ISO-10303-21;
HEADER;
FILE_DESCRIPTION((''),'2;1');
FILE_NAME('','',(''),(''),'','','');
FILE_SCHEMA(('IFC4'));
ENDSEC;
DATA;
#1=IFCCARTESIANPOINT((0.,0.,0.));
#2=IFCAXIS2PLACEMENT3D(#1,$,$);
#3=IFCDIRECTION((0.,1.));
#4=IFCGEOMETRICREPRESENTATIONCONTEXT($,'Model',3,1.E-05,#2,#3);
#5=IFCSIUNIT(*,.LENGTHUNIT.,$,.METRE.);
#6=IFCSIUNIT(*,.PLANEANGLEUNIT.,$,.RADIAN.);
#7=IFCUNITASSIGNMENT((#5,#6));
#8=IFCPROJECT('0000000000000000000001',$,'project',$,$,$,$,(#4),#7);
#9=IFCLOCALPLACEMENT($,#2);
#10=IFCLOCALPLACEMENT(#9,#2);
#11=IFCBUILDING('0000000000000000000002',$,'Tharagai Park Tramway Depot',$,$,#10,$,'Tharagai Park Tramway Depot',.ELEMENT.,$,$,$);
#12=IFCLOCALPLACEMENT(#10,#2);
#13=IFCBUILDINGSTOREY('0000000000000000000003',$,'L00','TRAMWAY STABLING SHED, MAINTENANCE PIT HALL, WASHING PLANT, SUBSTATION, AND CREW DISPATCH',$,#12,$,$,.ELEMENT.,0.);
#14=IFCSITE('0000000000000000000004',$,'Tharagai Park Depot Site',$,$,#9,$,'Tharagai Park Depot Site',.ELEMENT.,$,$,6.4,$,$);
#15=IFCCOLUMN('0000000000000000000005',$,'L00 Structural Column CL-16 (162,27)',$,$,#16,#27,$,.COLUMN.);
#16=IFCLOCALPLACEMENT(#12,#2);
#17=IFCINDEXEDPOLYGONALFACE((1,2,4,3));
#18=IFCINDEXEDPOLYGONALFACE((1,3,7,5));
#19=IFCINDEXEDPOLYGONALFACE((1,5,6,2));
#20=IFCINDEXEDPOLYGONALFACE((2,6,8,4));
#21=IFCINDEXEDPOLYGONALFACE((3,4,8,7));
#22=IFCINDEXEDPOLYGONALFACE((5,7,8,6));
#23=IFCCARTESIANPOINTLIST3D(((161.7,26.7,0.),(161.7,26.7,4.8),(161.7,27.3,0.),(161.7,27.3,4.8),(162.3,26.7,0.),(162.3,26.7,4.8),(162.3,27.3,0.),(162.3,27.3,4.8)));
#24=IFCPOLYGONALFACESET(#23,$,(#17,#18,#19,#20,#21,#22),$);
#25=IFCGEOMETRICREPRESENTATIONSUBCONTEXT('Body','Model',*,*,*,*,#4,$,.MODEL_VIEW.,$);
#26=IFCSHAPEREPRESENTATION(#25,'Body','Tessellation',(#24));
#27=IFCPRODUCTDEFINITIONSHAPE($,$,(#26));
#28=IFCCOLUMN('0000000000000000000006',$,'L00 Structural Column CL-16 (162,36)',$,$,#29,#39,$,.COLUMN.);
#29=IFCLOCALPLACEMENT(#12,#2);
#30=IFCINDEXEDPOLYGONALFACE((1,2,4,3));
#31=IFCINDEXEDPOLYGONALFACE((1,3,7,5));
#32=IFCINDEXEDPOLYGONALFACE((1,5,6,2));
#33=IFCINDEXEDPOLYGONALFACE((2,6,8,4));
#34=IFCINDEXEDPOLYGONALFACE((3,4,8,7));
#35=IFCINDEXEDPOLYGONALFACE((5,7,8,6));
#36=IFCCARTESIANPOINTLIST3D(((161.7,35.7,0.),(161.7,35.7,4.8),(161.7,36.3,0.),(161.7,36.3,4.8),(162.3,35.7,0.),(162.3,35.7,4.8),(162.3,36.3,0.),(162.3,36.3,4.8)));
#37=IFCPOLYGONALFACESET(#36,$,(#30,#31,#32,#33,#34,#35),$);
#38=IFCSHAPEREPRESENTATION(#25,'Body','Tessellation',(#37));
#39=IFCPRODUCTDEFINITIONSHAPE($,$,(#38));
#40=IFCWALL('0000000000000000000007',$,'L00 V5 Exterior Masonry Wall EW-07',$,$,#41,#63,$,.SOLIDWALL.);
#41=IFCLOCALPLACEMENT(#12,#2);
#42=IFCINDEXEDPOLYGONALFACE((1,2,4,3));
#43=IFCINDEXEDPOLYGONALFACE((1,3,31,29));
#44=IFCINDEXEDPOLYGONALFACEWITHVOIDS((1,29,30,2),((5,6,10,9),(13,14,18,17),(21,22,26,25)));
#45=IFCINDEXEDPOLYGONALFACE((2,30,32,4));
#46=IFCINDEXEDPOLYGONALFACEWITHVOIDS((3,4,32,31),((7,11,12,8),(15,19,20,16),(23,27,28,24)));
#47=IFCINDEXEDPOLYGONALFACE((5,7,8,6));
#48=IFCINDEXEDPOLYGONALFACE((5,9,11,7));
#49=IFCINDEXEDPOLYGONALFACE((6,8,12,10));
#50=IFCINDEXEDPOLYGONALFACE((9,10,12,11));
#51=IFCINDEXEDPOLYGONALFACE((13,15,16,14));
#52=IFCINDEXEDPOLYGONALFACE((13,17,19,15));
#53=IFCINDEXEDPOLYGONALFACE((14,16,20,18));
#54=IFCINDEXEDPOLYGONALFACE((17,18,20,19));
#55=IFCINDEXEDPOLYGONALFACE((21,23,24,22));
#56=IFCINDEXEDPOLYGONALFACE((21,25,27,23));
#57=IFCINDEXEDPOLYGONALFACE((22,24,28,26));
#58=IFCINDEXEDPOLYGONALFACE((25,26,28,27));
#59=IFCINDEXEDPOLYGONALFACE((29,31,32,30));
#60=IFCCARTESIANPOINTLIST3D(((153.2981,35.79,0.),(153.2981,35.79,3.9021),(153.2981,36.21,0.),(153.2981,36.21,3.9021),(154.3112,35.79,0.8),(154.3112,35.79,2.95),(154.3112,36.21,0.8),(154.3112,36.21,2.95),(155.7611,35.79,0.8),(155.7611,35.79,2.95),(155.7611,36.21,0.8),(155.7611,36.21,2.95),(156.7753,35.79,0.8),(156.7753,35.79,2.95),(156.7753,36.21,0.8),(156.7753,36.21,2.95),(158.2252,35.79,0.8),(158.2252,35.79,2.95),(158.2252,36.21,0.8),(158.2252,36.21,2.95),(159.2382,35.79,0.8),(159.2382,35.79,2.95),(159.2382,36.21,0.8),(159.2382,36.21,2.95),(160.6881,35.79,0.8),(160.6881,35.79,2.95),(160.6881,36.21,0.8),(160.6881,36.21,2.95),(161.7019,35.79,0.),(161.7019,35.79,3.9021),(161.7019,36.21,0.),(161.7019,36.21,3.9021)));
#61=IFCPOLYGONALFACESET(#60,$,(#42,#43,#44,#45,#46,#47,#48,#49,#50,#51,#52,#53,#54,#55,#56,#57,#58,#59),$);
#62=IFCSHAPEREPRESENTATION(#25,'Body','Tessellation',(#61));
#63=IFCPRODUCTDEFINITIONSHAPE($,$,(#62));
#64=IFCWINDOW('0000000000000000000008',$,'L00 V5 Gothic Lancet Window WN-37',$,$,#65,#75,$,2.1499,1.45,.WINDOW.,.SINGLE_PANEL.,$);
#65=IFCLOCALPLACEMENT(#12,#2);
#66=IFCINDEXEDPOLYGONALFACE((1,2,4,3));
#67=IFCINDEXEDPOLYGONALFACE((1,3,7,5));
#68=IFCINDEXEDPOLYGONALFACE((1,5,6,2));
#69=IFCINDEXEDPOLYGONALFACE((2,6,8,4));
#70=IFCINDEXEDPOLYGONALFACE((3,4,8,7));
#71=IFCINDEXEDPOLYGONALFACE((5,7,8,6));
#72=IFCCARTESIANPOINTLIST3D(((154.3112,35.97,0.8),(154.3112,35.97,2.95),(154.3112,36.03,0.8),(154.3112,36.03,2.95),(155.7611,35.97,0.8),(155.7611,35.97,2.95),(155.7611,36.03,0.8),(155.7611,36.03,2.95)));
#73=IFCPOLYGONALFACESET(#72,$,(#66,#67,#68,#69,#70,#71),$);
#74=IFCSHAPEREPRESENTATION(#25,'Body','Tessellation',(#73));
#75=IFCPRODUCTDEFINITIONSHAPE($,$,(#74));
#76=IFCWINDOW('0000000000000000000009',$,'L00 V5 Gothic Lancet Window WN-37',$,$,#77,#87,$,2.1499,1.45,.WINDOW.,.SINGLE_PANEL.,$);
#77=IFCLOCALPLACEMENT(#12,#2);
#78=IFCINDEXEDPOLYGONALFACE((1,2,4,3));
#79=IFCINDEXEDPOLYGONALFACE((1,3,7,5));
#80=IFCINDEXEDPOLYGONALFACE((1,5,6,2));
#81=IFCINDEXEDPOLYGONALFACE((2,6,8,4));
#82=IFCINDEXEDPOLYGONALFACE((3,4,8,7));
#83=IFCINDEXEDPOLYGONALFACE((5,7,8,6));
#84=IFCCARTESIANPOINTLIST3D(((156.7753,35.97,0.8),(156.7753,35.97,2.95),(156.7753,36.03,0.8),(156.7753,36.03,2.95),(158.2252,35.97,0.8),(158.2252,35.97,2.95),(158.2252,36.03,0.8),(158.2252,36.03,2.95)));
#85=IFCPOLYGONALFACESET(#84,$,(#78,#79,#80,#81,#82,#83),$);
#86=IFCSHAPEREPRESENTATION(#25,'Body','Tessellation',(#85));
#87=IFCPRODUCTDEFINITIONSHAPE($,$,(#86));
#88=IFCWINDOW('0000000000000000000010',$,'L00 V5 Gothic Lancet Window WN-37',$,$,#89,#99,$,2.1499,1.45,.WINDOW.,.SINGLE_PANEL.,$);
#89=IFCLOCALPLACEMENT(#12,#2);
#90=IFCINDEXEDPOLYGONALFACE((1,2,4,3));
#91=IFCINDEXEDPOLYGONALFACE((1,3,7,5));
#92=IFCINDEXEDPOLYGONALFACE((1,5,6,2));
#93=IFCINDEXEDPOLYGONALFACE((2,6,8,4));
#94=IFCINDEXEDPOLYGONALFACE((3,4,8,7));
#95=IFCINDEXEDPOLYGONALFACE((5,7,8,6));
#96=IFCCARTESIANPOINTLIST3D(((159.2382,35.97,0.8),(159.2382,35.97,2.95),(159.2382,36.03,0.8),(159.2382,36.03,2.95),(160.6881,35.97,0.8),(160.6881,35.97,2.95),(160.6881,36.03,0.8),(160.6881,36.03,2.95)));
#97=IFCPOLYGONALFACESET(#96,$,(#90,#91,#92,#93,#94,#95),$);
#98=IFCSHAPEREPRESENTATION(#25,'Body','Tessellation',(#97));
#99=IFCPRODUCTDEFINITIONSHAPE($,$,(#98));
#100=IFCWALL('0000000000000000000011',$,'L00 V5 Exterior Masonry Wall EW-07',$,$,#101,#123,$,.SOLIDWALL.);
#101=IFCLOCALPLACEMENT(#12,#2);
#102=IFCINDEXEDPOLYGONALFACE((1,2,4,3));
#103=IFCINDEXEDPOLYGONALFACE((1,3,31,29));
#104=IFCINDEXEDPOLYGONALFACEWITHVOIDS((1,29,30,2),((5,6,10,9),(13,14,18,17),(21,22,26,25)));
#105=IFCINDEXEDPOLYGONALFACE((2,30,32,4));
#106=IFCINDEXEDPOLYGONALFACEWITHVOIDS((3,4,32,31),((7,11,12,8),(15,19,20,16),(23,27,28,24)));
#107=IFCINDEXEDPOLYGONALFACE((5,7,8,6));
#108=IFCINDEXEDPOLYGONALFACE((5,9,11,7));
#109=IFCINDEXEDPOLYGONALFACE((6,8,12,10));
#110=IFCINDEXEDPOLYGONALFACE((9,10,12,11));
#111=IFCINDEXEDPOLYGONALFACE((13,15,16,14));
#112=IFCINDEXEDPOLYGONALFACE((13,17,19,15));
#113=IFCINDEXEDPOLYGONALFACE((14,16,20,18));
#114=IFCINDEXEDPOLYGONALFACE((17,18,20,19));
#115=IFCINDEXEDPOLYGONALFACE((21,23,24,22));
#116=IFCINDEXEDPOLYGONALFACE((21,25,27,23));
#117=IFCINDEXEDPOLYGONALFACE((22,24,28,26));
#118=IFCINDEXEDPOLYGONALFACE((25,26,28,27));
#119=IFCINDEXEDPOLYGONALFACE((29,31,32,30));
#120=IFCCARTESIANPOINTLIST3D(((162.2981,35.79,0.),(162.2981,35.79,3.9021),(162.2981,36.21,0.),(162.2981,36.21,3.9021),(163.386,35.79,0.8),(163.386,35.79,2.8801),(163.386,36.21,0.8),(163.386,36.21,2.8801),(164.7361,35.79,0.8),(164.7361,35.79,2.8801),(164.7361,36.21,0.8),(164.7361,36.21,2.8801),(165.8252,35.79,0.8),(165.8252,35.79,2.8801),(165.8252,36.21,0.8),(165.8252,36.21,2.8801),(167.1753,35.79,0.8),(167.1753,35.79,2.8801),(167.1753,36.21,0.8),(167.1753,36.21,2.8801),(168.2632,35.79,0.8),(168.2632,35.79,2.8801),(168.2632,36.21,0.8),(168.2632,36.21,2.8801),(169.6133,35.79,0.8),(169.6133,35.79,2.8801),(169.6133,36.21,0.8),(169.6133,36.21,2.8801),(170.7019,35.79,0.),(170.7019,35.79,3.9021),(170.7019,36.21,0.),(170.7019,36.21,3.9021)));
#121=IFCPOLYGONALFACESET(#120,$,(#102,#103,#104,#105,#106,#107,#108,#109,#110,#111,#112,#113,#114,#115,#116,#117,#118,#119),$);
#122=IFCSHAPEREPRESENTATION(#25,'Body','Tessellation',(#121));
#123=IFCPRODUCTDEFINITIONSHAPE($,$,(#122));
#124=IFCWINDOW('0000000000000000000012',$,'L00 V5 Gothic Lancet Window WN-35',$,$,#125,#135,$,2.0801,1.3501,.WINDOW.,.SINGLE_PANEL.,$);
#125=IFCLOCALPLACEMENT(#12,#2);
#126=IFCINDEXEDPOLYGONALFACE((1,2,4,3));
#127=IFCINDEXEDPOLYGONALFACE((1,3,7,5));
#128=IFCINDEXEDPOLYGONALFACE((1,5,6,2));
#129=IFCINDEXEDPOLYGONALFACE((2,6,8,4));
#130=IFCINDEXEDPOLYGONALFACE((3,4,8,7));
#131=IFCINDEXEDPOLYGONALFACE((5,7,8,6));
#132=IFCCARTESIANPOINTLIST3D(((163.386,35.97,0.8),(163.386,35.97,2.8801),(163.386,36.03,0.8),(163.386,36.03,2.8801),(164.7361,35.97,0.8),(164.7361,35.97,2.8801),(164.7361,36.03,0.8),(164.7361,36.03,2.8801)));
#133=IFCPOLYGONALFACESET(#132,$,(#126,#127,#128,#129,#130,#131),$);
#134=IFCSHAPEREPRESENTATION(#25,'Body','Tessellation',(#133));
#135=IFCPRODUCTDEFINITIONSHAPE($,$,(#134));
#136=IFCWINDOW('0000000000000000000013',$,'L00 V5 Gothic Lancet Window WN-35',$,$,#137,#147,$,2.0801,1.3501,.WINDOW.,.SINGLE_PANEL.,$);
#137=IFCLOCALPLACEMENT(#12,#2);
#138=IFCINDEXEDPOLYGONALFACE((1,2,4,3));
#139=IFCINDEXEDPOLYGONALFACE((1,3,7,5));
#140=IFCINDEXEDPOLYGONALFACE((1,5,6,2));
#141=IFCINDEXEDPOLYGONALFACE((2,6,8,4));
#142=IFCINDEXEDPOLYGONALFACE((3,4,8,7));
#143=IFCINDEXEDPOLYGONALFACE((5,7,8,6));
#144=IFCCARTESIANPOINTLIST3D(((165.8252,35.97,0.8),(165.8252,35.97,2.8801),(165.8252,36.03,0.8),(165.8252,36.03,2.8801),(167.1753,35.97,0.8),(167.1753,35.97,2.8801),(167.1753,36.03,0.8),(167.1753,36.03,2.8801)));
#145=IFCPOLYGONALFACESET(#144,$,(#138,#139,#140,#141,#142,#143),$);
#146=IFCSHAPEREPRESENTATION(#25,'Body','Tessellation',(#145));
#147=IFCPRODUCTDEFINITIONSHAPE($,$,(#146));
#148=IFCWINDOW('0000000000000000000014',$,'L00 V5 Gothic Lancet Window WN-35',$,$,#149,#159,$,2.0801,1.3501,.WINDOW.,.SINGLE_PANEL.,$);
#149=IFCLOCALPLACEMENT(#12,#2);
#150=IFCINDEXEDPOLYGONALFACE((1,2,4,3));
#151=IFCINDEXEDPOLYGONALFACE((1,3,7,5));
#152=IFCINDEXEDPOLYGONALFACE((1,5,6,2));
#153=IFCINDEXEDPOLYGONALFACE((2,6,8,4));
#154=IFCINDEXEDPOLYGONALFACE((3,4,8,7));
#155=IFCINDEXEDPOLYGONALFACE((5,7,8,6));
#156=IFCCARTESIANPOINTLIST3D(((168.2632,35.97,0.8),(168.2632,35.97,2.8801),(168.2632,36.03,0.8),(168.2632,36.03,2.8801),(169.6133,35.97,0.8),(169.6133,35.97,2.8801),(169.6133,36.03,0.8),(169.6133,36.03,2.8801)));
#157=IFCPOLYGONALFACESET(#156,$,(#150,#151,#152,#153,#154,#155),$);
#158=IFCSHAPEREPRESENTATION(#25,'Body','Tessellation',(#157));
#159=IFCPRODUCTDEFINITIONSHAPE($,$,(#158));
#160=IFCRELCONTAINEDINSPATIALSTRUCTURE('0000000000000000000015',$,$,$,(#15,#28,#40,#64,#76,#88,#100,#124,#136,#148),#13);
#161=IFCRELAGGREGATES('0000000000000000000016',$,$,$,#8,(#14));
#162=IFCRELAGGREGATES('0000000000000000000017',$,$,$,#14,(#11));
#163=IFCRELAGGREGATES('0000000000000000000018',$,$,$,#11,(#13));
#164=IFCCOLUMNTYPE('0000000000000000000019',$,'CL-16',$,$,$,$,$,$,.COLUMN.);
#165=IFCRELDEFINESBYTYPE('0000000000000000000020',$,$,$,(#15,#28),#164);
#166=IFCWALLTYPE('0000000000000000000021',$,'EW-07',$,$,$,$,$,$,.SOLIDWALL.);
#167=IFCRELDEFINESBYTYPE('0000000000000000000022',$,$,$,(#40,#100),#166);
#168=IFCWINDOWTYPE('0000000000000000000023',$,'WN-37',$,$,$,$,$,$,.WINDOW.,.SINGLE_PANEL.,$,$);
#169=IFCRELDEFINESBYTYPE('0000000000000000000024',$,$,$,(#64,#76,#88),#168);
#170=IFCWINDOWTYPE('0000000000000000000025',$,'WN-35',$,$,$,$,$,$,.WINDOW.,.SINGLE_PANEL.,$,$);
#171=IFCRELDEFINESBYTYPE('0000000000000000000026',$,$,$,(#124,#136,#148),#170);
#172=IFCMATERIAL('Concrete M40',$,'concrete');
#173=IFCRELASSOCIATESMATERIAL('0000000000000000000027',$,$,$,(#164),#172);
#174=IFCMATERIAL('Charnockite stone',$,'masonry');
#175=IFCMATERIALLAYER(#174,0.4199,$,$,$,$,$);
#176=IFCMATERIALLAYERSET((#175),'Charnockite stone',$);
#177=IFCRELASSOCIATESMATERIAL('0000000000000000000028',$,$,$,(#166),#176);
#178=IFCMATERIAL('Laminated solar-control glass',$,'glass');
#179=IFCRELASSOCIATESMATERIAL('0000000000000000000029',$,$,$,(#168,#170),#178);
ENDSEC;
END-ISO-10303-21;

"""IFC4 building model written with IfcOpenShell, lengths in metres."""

from ifc_helpers import new_model, si_unit, direction, frame, frame_2d, origin, origin_2d, place, context, subcontext, project, spatial, rectangle, extrude, material, layer, layer_set, material_profile, profile_set, type_object, element, fill, save


model = new_model("IFC4")

# Units and contexts
model_context = context("Model", 3, precision=1e-05, world=origin(), true_north=direction((0.0, 1.0)))
body_context = subcontext(model_context, "Body", "Model", "MODEL_VIEW")
ifc_project = project(units=[si_unit("LENGTHUNIT", "METRE"), si_unit("PLANEANGLEUNIT", "RADIAN")], contexts=[model_context])

# Site, building, storey
site_placement = place(None, origin())
site = spatial("IfcSite", under=ifc_project, at=site_placement, Name="Tharagai Park Depot Site", LongName="Tharagai Park Depot Site", CompositionType="ELEMENT", RefElevation=6.4)
building_placement = place(site_placement, origin())
building = spatial("IfcBuilding", under=site, at=building_placement, Name="Tharagai Park Tramway Depot", LongName="Tharagai Park Tramway Depot", CompositionType="ELEMENT")
storey_placement = place(building_placement, origin())
storey = spatial("IfcBuildingStorey", under=building, at=storey_placement, Name="L00", Description="TRAMWAY STABLING SHED, MAINTENANCE PIT HALL, WASHING PLANT, SUBSTATION, AND CREW DISPATCH", CompositionType="ELEMENT", Elevation=0.0)

# Shared definitions
ifc_material_1 = material(Name="Concrete M40", Category="concrete")

# Columns
ifc_material_profile_1 = material_profile(ifc_material_1, rectangle(XDim=0.6001, YDim=0.6001, at=origin_2d()), Name="RC 600x600")
ifc_profile_set_1 = profile_set([ifc_material_profile_1], Name="Concrete M40")
column_type = type_object("IfcColumnType", Name="CL-16", PredefinedType="COLUMN", material=ifc_profile_set_1)
for number, where, z_axis, x_axis, name in (
    (1, (162.0, 27.0, 0.0), (0.0, 0.0, 1.0), (1.0, 0.0, 0.0), "L00 Structural Column CL-16 (162,27)"),
    (2, (162.0, 36.0, 0.0), (0.0, 0.0, 1.0), (1.0, 0.0, 0.0), "L00 Structural Column CL-16 (162,36)"),
):
    element("IfcColumn", number, at=place(storey_placement, frame(where, z_axis=z_axis, x_axis=x_axis)), inside=storey, type_object=column_type, Name=name, PredefinedType="COLUMN", context=body_context, shape_type="SweptSolid", body=[
        extrude(rectangle(XDim=0.6001, YDim=0.6001, at=origin_2d()), origin(), (0.0, 0.0, 1.0), 4.8),
    ])

# Walls, openings, windows
ifc_material_2 = material(Name="Charnockite stone", Category="masonry")
ifc_layer = layer(ifc_material_2, 0.4199)
ifc_layer_set = layer_set([ifc_layer], Name="Charnockite stone")
wall_type = type_object("IfcWallType", Name="EW-07", PredefinedType="SOLIDWALL", material=ifc_layer_set)
wall_1_placement = place(storey_placement, frame((153.2981, 36.0, 0.0), z_axis=(0.0, 0.0, 1.0), x_axis=(1.0, 0.0, 0.0)))
wall_1 = element("IfcWall", 3, at=wall_1_placement, inside=storey, type_object=wall_type, Name="L00 V5 Exterior Masonry Wall EW-07", PredefinedType="SOLIDWALL", context=body_context, shape_type="SweptSolid", body=[
    extrude(rectangle(XDim=8.4038, YDim=0.4199, at=frame_2d((4.2019, 0.0))), origin(), (0.0, 0.0, 1.0), 3.9021),
])
opening_1_placement = place(wall_1_placement, frame((1.0129, 0.0, 0.8)))
opening_1 = element("IfcOpeningElement", 4, at=opening_1_placement, cuts=wall_1, PredefinedType="OPENING", context=body_context, shape_type="SweptSolid", body=[
    extrude(rectangle(XDim=1.45, YDim=2.1499, at=frame_2d((0.7251, 1.075))), frame((0.0, 0.22, 0.0), z_axis=(0.0, -1.0, 0.0), x_axis=(1.0, 0.0, 0.0)), (0.0, 0.0, 1.0), 0.4399),
])
opening_2_placement = place(wall_1_placement, frame((3.4771, 0.0, 0.8)))
opening_2 = element("IfcOpeningElement", 5, at=opening_2_placement, cuts=wall_1, PredefinedType="OPENING", context=body_context, shape_type="SweptSolid", body=[
    extrude(rectangle(XDim=1.45, YDim=2.1499, at=frame_2d((0.7251, 1.075))), frame((0.0, 0.22, 0.0), z_axis=(0.0, -1.0, 0.0), x_axis=(1.0, 0.0, 0.0)), (0.0, 0.0, 1.0), 0.4399),
])
opening_3_placement = place(wall_1_placement, frame((5.9399, 0.0, 0.8)))
opening_3 = element("IfcOpeningElement", 6, at=opening_3_placement, cuts=wall_1, PredefinedType="OPENING", context=body_context, shape_type="SweptSolid", body=[
    extrude(rectangle(XDim=1.45, YDim=2.1499, at=frame_2d((0.7251, 1.075))), frame((0.0, 0.22, 0.0), z_axis=(0.0, -1.0, 0.0), x_axis=(1.0, 0.0, 0.0)), (0.0, 0.0, 1.0), 0.4399),
])
ifc_material_3 = material(Name="Laminated solar-control glass", Category="glass")
window_type_1 = type_object("IfcWindowType", Name="WN-37", PartitioningType="SINGLE_PANEL", PredefinedType="WINDOW", material=ifc_material_3)
window_1_placement = place(opening_1_placement, origin())
window_1 = element("IfcWindow", 7, at=window_1_placement, inside=storey, type_object=window_type_1, Name="L00 V5 Gothic Lancet Window WN-37", OverallHeight=2.1499, OverallWidth=1.45, PartitioningType="SINGLE_PANEL", PredefinedType="WINDOW", context=body_context, shape_type="SweptSolid", body=[
    extrude(rectangle(XDim=1.45, YDim=2.1499, at=frame_2d((0.7251, 1.075))), frame((0.0, 0.03, 0.0), z_axis=(0.0, -1.0, 0.0), x_axis=(1.0, 0.0, 0.0)), (0.0, 0.0, 1.0), 0.0601),
])
fill(opening_1, window_1)
window_2_placement = place(opening_2_placement, origin())
window_2 = element("IfcWindow", 8, at=window_2_placement, inside=storey, type_object=window_type_1, Name="L00 V5 Gothic Lancet Window WN-37", OverallHeight=2.1499, OverallWidth=1.45, PartitioningType="SINGLE_PANEL", PredefinedType="WINDOW", context=body_context, shape_type="SweptSolid", body=[
    extrude(rectangle(XDim=1.45, YDim=2.1499, at=frame_2d((0.7251, 1.075))), frame((0.0, 0.03, 0.0), z_axis=(0.0, -1.0, 0.0), x_axis=(1.0, 0.0, 0.0)), (0.0, 0.0, 1.0), 0.0601),
])
fill(opening_2, window_2)
window_3_placement = place(opening_3_placement, origin())
window_3 = element("IfcWindow", 9, at=window_3_placement, inside=storey, type_object=window_type_1, Name="L00 V5 Gothic Lancet Window WN-37", OverallHeight=2.1499, OverallWidth=1.45, PartitioningType="SINGLE_PANEL", PredefinedType="WINDOW", context=body_context, shape_type="SweptSolid", body=[
    extrude(rectangle(XDim=1.45, YDim=2.1499, at=frame_2d((0.7251, 1.075))), frame((0.0, 0.03, 0.0), z_axis=(0.0, -1.0, 0.0), x_axis=(1.0, 0.0, 0.0)), (0.0, 0.0, 1.0), 0.0601),
])
fill(opening_3, window_3)
wall_2_placement = place(storey_placement, frame((162.2981, 36.0, 0.0), z_axis=(0.0, 0.0, 1.0), x_axis=(1.0, 0.0, 0.0)))
wall_2 = element("IfcWall", 10, at=wall_2_placement, inside=storey, type_object=wall_type, Name="L00 V5 Exterior Masonry Wall EW-07", PredefinedType="SOLIDWALL", context=body_context, shape_type="SweptSolid", body=[
    extrude(rectangle(XDim=8.4038, YDim=0.4199, at=frame_2d((4.2019, 0.0))), origin(), (0.0, 0.0, 1.0), 3.9021),
])
opening_4_placement = place(wall_2_placement, frame((1.0879, 0.0, 0.8)))
opening_4 = element("IfcOpeningElement", 11, at=opening_4_placement, cuts=wall_2, PredefinedType="OPENING", context=body_context, shape_type="SweptSolid", body=[
    extrude(rectangle(XDim=1.3501, YDim=2.0801, at=frame_2d((0.675, 1.04))), frame((0.0, 0.22, 0.0), z_axis=(0.0, -1.0, 0.0), x_axis=(1.0, 0.0, 0.0)), (0.0, 0.0, 1.0), 0.4399),
])
opening_5_placement = place(wall_2_placement, frame((3.5271, 0.0, 0.8)))
opening_5 = element("IfcOpeningElement", 12, at=opening_5_placement, cuts=wall_2, PredefinedType="OPENING", context=body_context, shape_type="SweptSolid", body=[
    extrude(rectangle(XDim=1.3501, YDim=2.0801, at=frame_2d((0.675, 1.04))), frame((0.0, 0.22, 0.0), z_axis=(0.0, -1.0, 0.0), x_axis=(1.0, 0.0, 0.0)), (0.0, 0.0, 1.0), 0.4399),
])
opening_6_placement = place(wall_2_placement, frame((5.9651, 0.0, 0.8)))
opening_6 = element("IfcOpeningElement", 13, at=opening_6_placement, cuts=wall_2, PredefinedType="OPENING", context=body_context, shape_type="SweptSolid", body=[
    extrude(rectangle(XDim=1.3501, YDim=2.0801, at=frame_2d((0.675, 1.04))), frame((0.0, 0.22, 0.0), z_axis=(0.0, -1.0, 0.0), x_axis=(1.0, 0.0, 0.0)), (0.0, 0.0, 1.0), 0.4399),
])
window_type_2 = type_object("IfcWindowType", Name="WN-35", PartitioningType="SINGLE_PANEL", PredefinedType="WINDOW", material=ifc_material_3)
window_4_placement = place(opening_4_placement, origin())
window_4 = element("IfcWindow", 14, at=window_4_placement, inside=storey, type_object=window_type_2, Name="L00 V5 Gothic Lancet Window WN-35", OverallHeight=2.0801, OverallWidth=1.3501, PartitioningType="SINGLE_PANEL", PredefinedType="WINDOW", context=body_context, shape_type="SweptSolid", body=[
    extrude(rectangle(XDim=1.3501, YDim=2.0801, at=frame_2d((0.675, 1.04))), frame((0.0, 0.03, 0.0), z_axis=(0.0, -1.0, 0.0), x_axis=(1.0, 0.0, 0.0)), (0.0, 0.0, 1.0), 0.0601),
])
fill(opening_4, window_4)
window_5_placement = place(opening_5_placement, origin())
window_5 = element("IfcWindow", 15, at=window_5_placement, inside=storey, type_object=window_type_2, Name="L00 V5 Gothic Lancet Window WN-35", OverallHeight=2.0801, OverallWidth=1.3501, PartitioningType="SINGLE_PANEL", PredefinedType="WINDOW", context=body_context, shape_type="SweptSolid", body=[
    extrude(rectangle(XDim=1.3501, YDim=2.0801, at=frame_2d((0.675, 1.04))), frame((0.0, 0.03, 0.0), z_axis=(0.0, -1.0, 0.0), x_axis=(1.0, 0.0, 0.0)), (0.0, 0.0, 1.0), 0.0601),
])
fill(opening_5, window_5)
window_6_placement = place(opening_6_placement, origin())
window_6 = element("IfcWindow", 16, at=window_6_placement, inside=storey, type_object=window_type_2, Name="L00 V5 Gothic Lancet Window WN-35", OverallHeight=2.0801, OverallWidth=1.3501, PartitioningType="SINGLE_PANEL", PredefinedType="WINDOW", context=body_context, shape_type="SweptSolid", body=[
    extrude(rectangle(XDim=1.3501, YDim=2.0801, at=frame_2d((0.675, 1.04))), frame((0.0, 0.03, 0.0), z_axis=(0.0, -1.0, 0.0), x_axis=(1.0, 0.0, 0.0)), (0.0, 0.0, 1.0), 0.0601),
])
fill(opening_6, window_6)

save(model, "model.ifc")
